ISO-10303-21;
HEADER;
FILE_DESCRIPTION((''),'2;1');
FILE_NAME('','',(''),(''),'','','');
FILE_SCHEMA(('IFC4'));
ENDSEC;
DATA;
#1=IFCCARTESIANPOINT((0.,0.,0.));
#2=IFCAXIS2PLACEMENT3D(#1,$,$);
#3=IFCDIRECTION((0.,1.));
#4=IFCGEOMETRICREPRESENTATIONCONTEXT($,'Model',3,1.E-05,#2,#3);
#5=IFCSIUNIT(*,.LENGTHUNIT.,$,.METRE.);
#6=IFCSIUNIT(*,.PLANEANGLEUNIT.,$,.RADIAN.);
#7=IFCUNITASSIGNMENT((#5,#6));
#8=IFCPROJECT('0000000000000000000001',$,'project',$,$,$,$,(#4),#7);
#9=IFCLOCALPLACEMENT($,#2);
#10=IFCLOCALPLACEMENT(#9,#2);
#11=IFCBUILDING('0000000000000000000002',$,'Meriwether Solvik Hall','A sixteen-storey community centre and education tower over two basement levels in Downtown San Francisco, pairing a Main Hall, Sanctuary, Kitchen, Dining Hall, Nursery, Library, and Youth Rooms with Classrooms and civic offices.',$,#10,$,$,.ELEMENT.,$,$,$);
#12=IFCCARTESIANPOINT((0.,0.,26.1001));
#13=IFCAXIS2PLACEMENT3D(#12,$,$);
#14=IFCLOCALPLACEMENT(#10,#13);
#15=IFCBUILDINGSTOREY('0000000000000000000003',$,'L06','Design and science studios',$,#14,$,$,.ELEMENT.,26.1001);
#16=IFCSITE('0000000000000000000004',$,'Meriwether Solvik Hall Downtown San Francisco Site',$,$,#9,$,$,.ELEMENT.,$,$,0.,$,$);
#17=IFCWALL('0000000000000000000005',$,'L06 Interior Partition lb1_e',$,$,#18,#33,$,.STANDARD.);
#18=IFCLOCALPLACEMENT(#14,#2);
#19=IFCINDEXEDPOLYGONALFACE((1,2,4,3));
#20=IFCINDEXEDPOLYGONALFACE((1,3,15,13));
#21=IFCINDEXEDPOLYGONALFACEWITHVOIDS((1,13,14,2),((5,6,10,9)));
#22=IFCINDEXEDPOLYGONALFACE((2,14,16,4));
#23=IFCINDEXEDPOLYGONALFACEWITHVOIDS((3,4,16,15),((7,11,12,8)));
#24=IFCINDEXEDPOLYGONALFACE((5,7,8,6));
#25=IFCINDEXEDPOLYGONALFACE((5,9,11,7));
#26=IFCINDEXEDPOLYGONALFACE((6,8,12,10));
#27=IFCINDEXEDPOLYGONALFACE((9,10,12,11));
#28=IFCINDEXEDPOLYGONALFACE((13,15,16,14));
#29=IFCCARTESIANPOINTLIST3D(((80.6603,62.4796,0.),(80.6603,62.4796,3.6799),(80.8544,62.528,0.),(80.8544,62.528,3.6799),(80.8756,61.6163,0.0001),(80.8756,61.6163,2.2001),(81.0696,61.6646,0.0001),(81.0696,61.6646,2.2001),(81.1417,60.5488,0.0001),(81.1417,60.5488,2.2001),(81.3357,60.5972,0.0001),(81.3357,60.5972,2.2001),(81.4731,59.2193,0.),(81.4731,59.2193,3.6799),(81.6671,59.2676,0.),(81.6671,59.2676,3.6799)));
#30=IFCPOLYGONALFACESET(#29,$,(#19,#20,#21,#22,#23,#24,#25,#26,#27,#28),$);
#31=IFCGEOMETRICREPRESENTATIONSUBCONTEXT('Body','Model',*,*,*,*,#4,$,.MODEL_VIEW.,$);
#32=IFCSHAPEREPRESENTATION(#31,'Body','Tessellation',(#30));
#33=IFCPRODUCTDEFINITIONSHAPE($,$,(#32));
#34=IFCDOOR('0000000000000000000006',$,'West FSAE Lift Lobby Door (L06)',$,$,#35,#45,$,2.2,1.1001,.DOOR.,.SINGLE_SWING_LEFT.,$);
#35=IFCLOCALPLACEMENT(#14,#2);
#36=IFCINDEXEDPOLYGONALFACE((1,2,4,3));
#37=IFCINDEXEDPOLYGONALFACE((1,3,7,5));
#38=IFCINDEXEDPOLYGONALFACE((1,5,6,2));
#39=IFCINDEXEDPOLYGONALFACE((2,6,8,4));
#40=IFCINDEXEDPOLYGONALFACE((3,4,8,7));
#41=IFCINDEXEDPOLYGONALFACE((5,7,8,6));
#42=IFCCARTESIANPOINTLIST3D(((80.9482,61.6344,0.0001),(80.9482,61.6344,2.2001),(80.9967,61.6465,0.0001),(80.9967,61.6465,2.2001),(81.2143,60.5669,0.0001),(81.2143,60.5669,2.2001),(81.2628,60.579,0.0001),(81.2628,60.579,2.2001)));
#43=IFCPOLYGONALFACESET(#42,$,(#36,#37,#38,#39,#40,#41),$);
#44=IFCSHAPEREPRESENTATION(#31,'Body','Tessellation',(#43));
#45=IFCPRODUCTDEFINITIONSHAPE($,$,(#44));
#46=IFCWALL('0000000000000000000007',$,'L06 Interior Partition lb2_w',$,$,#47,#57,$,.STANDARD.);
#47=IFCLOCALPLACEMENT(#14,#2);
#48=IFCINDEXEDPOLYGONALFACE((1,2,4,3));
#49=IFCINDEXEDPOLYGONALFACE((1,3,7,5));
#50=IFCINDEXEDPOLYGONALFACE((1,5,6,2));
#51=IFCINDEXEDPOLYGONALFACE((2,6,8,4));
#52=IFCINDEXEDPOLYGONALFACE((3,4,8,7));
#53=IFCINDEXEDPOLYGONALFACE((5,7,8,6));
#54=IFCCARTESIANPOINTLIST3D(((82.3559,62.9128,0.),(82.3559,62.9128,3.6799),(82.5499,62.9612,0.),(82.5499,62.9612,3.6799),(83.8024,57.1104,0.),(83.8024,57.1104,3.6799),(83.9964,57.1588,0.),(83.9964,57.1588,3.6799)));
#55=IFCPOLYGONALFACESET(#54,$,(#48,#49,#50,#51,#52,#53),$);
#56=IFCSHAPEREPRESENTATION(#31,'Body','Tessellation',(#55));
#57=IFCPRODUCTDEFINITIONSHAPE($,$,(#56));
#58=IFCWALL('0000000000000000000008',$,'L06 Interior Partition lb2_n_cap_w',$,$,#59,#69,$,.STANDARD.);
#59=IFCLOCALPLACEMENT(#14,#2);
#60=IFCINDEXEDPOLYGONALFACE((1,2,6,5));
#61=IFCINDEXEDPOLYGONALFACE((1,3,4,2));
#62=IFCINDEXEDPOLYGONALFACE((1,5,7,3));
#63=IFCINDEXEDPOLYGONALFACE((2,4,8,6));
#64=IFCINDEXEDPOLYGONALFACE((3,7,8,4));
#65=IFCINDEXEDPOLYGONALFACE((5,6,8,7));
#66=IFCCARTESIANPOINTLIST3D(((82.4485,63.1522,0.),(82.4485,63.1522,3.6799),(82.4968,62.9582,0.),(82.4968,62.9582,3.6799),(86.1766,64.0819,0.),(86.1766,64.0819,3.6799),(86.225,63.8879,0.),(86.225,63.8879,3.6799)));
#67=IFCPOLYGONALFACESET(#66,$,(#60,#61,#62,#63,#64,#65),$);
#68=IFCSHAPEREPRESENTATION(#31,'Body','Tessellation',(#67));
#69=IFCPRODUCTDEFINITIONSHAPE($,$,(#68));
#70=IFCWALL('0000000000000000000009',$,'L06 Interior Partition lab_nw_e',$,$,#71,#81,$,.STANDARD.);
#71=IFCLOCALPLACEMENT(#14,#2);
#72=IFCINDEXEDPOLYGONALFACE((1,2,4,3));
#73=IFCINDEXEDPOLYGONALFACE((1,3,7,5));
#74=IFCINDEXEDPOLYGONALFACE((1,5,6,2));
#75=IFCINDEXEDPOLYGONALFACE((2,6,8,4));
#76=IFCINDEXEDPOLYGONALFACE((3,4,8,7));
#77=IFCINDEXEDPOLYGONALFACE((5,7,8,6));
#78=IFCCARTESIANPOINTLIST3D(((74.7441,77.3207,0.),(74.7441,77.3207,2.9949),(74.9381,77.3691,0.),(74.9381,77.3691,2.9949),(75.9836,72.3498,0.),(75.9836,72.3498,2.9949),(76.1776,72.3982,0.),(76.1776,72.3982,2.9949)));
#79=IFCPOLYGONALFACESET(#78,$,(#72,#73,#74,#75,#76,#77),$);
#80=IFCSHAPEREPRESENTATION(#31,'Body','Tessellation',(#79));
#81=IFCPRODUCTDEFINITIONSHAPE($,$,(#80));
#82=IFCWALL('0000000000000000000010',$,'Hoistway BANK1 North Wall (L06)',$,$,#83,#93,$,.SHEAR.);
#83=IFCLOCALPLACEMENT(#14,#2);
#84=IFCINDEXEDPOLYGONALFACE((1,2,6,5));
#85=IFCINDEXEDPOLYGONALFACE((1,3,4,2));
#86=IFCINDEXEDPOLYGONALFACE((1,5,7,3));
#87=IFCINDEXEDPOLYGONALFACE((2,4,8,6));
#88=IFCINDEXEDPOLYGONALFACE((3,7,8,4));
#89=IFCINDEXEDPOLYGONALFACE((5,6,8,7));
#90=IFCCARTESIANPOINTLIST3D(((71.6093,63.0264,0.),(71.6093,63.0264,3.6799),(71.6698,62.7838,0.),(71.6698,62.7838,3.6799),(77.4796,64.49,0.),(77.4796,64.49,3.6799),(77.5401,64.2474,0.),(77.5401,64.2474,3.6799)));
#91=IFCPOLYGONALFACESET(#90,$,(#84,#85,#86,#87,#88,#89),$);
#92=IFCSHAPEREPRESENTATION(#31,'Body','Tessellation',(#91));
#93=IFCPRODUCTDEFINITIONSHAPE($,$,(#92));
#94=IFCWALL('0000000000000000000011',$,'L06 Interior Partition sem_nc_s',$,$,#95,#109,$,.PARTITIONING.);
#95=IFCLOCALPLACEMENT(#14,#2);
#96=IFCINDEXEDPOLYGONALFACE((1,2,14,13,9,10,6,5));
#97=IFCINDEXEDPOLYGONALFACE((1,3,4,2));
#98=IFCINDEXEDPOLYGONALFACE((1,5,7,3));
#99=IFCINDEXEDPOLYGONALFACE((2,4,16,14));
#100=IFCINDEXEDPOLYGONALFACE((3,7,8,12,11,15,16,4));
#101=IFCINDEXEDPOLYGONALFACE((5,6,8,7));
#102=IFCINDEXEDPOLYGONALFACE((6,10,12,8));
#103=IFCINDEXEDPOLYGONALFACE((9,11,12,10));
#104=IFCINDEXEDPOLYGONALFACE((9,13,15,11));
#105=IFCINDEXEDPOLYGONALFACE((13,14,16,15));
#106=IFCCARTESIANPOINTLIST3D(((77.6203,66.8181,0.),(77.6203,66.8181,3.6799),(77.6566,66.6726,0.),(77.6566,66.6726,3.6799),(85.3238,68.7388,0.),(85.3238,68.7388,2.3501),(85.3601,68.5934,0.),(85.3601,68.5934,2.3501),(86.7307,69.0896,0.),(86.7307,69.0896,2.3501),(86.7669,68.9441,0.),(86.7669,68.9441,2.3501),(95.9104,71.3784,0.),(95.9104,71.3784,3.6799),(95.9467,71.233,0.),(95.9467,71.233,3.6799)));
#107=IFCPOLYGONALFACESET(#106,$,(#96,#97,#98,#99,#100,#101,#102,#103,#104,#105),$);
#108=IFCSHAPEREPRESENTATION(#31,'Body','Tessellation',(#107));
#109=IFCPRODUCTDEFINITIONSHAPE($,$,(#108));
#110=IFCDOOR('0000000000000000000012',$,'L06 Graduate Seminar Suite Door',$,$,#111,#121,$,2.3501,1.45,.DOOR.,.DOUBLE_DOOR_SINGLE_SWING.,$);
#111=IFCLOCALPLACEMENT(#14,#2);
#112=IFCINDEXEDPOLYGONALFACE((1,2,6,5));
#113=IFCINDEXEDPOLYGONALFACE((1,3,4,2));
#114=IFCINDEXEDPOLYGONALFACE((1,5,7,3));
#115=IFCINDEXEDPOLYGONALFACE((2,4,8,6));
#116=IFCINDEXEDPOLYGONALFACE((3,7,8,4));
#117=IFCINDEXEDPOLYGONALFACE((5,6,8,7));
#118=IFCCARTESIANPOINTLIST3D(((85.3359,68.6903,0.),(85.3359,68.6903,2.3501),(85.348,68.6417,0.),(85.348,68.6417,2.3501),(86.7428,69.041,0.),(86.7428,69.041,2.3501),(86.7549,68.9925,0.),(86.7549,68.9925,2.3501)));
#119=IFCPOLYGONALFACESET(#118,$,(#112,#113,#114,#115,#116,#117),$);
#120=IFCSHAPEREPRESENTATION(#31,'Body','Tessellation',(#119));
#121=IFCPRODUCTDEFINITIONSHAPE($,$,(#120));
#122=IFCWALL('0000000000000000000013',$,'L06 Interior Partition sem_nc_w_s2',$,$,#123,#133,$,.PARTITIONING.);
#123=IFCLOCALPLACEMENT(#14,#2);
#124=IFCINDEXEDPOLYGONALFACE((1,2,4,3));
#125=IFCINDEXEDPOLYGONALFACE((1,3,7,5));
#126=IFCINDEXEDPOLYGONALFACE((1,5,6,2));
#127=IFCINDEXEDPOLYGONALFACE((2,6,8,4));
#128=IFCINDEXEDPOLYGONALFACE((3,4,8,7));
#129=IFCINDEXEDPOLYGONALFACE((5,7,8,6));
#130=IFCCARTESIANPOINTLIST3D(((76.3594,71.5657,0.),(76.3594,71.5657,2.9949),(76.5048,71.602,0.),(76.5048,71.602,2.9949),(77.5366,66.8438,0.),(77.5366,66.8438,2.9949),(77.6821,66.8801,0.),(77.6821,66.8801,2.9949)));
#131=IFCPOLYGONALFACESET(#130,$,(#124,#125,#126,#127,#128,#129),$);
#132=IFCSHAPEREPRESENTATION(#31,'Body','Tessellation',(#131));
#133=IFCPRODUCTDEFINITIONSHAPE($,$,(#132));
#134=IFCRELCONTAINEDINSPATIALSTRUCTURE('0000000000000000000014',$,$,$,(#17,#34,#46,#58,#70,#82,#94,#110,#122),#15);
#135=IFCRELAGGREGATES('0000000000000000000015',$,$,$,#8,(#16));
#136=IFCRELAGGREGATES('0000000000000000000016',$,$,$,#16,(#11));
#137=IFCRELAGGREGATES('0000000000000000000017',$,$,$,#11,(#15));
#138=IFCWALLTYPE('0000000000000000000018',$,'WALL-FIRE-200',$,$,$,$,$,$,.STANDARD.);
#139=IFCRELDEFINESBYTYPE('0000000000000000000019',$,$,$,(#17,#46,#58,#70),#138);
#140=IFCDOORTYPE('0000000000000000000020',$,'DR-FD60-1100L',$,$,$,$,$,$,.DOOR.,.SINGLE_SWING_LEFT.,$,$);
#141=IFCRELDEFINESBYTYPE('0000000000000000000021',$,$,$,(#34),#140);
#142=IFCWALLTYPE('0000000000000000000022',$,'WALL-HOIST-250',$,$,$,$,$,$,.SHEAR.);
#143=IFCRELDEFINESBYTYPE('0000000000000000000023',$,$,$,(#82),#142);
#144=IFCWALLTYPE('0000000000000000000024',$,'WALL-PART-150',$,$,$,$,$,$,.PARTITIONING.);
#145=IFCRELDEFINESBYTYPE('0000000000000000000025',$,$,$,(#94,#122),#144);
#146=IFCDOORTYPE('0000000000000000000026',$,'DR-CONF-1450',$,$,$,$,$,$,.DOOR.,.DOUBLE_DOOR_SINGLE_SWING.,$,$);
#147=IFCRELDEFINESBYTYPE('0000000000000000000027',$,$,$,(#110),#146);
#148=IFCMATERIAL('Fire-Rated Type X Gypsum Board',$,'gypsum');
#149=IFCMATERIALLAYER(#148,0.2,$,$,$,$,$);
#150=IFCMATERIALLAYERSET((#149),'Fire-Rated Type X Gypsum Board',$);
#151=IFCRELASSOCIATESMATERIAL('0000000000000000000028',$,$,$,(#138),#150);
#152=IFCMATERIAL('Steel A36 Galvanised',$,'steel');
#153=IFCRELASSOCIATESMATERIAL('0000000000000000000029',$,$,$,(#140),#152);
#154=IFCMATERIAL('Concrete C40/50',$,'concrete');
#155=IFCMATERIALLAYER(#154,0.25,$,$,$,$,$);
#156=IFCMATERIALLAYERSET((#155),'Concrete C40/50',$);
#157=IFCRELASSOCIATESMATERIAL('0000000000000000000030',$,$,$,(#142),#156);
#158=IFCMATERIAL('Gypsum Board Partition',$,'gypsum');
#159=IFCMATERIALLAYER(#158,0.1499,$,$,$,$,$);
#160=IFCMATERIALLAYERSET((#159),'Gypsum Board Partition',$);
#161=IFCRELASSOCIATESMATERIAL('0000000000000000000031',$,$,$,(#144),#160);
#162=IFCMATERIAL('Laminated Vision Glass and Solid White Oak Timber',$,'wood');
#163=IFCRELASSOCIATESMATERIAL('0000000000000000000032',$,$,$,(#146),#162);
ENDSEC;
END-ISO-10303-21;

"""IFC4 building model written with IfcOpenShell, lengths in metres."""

from ifc_helpers import new_model, si_unit, direction, frame, frame_2d, origin, place, context, subcontext, project, spatial, rectangle, extrude, material, layer, layer_set, type_object, element, fill, save


model = new_model("IFC4")

# Units and contexts
model_context = context("Model", 3, precision=1e-05, world=origin(), true_north=direction((0.0, 1.0)))
body_context = subcontext(model_context, "Body", "Model", "MODEL_VIEW")
ifc_project = project(units=[si_unit("LENGTHUNIT", "METRE"), si_unit("PLANEANGLEUNIT", "RADIAN")], contexts=[model_context])

# Site, building, storey
site_placement = place(None, origin())
site = spatial("IfcSite", under=ifc_project, at=site_placement, Name="Meriwether Solvik Hall Downtown San Francisco Site", CompositionType="ELEMENT", RefElevation=0.0)
building_placement = place(site_placement, origin())
building = spatial("IfcBuilding", under=site, at=building_placement, Name="Meriwether Solvik Hall", Description="A sixteen-storey community centre and education tower over two basement levels in Downtown San Francisco, pairing a Main Hall, Sanctuary, Kitchen, Dining Hall, Nursery, Library, and Youth Rooms with Classrooms and civic offices.", CompositionType="ELEMENT")
storey_placement = place(building_placement, frame((0.0, 0.0, 26.1001)))
storey = spatial("IfcBuildingStorey", under=building, at=storey_placement, Name="L06", Description="Design and science studios", CompositionType="ELEMENT", Elevation=26.1001)

# Wall, opening, door
ifc_material_1 = material(Name="Fire-Rated Type X Gypsum Board", Category="gypsum")
ifc_layer_1 = layer(ifc_material_1, 0.2)
ifc_layer_set_1 = layer_set([ifc_layer_1], Name="Fire-Rated Type X Gypsum Board")
wall_type_1 = type_object("IfcWallType", Name="WALL-FIRE-200", PredefinedType="STANDARD", material=ifc_layer_set_1)
wall_1_placement = place(storey_placement, frame((80.7573, 62.5039, 0.0), z_axis=(0.0, 0.0, 1.0), x_axis=(0.241886, -0.970305, 0.0)))
wall_1 = element("IfcWall", 1, at=wall_1_placement, inside=storey, type_object=wall_type_1, Name="L06 Interior Partition lb1_e", PredefinedType="STANDARD", context=body_context, shape_type="SweptSolid", body=[
    extrude(rectangle(XDim=3.3601, YDim=0.2, at=frame_2d((1.6802, 0.0))), origin(), (0.0, 0.0, 1.0), 3.6799),
])
opening_1_placement = place(wall_1_placement, frame((0.8899, 0.0, 0.0)))
opening_1 = element("IfcOpeningElement", 2, at=opening_1_placement, cuts=wall_1, PredefinedType="OPENING", context=body_context, shape_type="SweptSolid", body=[
    extrude(rectangle(XDim=1.1001, YDim=2.2, at=frame_2d((0.55, 1.1001))), frame((0.0, 0.1118, 0.0), z_axis=(0.0, -1.0, 0.0), x_axis=(1.0, 0.0, 0.0)), (0.0, 0.0, 1.0), 0.2239),
])
ifc_material_2 = material(Name="Steel A36 Galvanised", Category="steel")
door_type_1 = type_object("IfcDoorType", Name="DR-FD60-1100L", OperationType="SINGLE_SWING_LEFT", PredefinedType="DOOR", material=ifc_material_2)
door_1_placement = place(opening_1_placement, origin())
door_1 = element("IfcDoor", 3, at=door_1_placement, inside=storey, type_object=door_type_1, Name="West FSAE Lift Lobby Door (L06)", OperationType="SINGLE_SWING_LEFT", OverallHeight=2.2, OverallWidth=1.1001, PredefinedType="DOOR", context=body_context, shape_type="SweptSolid", body=[
    extrude(rectangle(XDim=1.1001, YDim=2.2, at=frame_2d((0.55, 1.1001))), frame((0.0, 0.0249, 0.0), z_axis=(0.0, -1.0, 0.0), x_axis=(1.0, 0.0, 0.0)), (0.0, 0.0, 1.0), 0.05),
])
fill(opening_1, door_1)

# Walls
wall_2_placement = place(storey_placement, frame((82.4529, 62.937, 0.0), z_axis=(0.0, 0.0, 1.0), x_axis=(0.241892, -0.970303, 0.0)))
element("IfcWall", 4, at=wall_2_placement, inside=storey, type_object=wall_type_1, Name="L06 Interior Partition lb2_w", PredefinedType="STANDARD", context=body_context, shape_type="SweptSolid", body=[
    extrude(rectangle(XDim=5.98, YDim=0.2, at=frame_2d((2.99, 0.0))), origin(), (0.0, 0.0, 1.0), 3.6799),
])
wall_3_placement = place(storey_placement, frame((82.4727, 63.0552, 0.0), z_axis=(0.0, 0.0, 1.0), x_axis=(0.970284, 0.241967, 0.0)))
element("IfcWall", 5, at=wall_3_placement, inside=storey, type_object=wall_type_1, Name="L06 Interior Partition lb2_n_cap_w", PredefinedType="STANDARD", context=body_context, shape_type="SweptSolid", body=[
    extrude(rectangle(XDim=3.8423, YDim=0.2, at=frame_2d((1.9211, 0.0))), origin(), (0.0, 0.0, 1.0), 3.6799),
])
wall_4_placement = place(storey_placement, frame((76.0806, 72.374, 0.0), z_axis=(0.0, 0.0, 1.0), x_axis=(-0.241941, 0.970291, 0.0)))
element("IfcWall", 6, at=wall_4_placement, inside=storey, type_object=wall_type_1, Name="L06 Interior Partition lab_nw_e", PredefinedType="STANDARD", context=body_context, shape_type="SweptSolid", body=[
    extrude(rectangle(XDim=5.123, YDim=0.2, at=frame_2d((2.5615, 0.0))), origin(), (0.0, 0.0, 1.0), 2.9949),
])
ifc_material_3 = material(Name="Concrete C40/50", Category="concrete")
ifc_layer_2 = layer(ifc_material_3, 0.25)
ifc_layer_set_2 = layer_set([ifc_layer_2], Name="Concrete C40/50")
wall_type_2 = type_object("IfcWallType", Name="WALL-HOIST-250", PredefinedType="SHEAR", material=ifc_layer_set_2)
wall_5_placement = place(storey_placement, frame((77.5098, 64.3687, 0.0), z_axis=(0.0, 0.0, 1.0), x_axis=(-0.970297, -0.241918, 0.0)))
element("IfcWall", 7, at=wall_5_placement, inside=storey, type_object=wall_type_2, Name="Hoistway BANK1 North Wall (L06)", PredefinedType="SHEAR", context=body_context, shape_type="SweptSolid", body=[
    extrude(rectangle(XDim=6.05, YDim=0.25, at=frame_2d((3.0249, 0.0))), origin(), (0.0, 0.0, 1.0), 3.6799),
])

# Wall, opening, door
ifc_material_4 = material(Name="Gypsum Board Partition", Category="gypsum")
ifc_layer_3 = layer(ifc_material_4, 0.1499)
ifc_layer_set_3 = layer_set([ifc_layer_3], Name="Gypsum Board Partition")
wall_type_3 = type_object("IfcWallType", Name="WALL-PART-150", PredefinedType="PARTITIONING", material=ifc_layer_set_3)
wall_6_placement = place(storey_placement, frame((77.6384, 66.7454, 0.0), z_axis=(0.0, 0.0, 1.0), x_axis=(0.970295, 0.241926, 0.0)))
wall_6 = element("IfcWall", 8, at=wall_6_placement, inside=storey, type_object=wall_type_3, Name="L06 Interior Partition sem_nc_s", PredefinedType="PARTITIONING", context=body_context, shape_type="SweptSolid", body=[
    extrude(rectangle(XDim=18.8501, YDim=0.1499, at=frame_2d((9.425, 0.0))), origin(), (0.0, 0.0, 1.0), 3.6799),
])
opening_2_placement = place(wall_6_placement, frame((7.9392, 0.0, 0.0)))
opening_2 = element("IfcOpeningElement", 9, at=opening_2_placement, cuts=wall_6, PredefinedType="OPENING", context=body_context, shape_type="SweptSolid", body=[
    extrude(rectangle(XDim=1.45, YDim=2.3501, at=frame_2d((0.7251, 1.175))), frame((0.0, 0.0869, 0.0), z_axis=(0.0, -1.0, 0.0), x_axis=(1.0, 0.0, 0.0)), (0.0, 0.0, 1.0), 0.1738),
])
ifc_material_5 = material(Name="Laminated Vision Glass and Solid White Oak Timber", Category="wood")
door_type_2 = type_object("IfcDoorType", Name="DR-CONF-1450", OperationType="DOUBLE_DOOR_SINGLE_SWING", PredefinedType="DOOR", material=ifc_material_5)
door_2_placement = place(opening_2_placement, origin())
door_2 = element("IfcDoor", 10, at=door_2_placement, inside=storey, type_object=door_type_2, Name="L06 Graduate Seminar Suite Door", OperationType="DOUBLE_DOOR_SINGLE_SWING", OverallHeight=2.3501, OverallWidth=1.45, PredefinedType="DOOR", context=body_context, shape_type="SweptSolid", body=[
    extrude(rectangle(XDim=1.45, YDim=2.3501, at=frame_2d((0.7251, 1.175))), frame((0.0, 0.0249, 0.0), z_axis=(0.0, -1.0, 0.0), x_axis=(1.0, 0.0, 0.0)), (0.0, 0.0, 1.0), 0.05),
])
fill(opening_2, door_2)

# Wall
wall_7_placement = place(storey_placement, frame((76.4321, 71.5837, 0.0), z_axis=(0.0, 0.0, 1.0), x_axis=(0.24191, -0.970299, 0.0)))
element("IfcWall", 11, at=wall_7_placement, inside=storey, type_object=wall_type_3, Name="L06 Interior Partition sem_nc_w_s2", PredefinedType="PARTITIONING", context=body_context, shape_type="SweptSolid", body=[
    extrude(rectangle(XDim=4.8665, YDim=0.1499, at=frame_2d((2.4331, 0.0))), origin(), (0.0, 0.0, 1.0), 2.9949),
])

save(model, "model.ifc")
